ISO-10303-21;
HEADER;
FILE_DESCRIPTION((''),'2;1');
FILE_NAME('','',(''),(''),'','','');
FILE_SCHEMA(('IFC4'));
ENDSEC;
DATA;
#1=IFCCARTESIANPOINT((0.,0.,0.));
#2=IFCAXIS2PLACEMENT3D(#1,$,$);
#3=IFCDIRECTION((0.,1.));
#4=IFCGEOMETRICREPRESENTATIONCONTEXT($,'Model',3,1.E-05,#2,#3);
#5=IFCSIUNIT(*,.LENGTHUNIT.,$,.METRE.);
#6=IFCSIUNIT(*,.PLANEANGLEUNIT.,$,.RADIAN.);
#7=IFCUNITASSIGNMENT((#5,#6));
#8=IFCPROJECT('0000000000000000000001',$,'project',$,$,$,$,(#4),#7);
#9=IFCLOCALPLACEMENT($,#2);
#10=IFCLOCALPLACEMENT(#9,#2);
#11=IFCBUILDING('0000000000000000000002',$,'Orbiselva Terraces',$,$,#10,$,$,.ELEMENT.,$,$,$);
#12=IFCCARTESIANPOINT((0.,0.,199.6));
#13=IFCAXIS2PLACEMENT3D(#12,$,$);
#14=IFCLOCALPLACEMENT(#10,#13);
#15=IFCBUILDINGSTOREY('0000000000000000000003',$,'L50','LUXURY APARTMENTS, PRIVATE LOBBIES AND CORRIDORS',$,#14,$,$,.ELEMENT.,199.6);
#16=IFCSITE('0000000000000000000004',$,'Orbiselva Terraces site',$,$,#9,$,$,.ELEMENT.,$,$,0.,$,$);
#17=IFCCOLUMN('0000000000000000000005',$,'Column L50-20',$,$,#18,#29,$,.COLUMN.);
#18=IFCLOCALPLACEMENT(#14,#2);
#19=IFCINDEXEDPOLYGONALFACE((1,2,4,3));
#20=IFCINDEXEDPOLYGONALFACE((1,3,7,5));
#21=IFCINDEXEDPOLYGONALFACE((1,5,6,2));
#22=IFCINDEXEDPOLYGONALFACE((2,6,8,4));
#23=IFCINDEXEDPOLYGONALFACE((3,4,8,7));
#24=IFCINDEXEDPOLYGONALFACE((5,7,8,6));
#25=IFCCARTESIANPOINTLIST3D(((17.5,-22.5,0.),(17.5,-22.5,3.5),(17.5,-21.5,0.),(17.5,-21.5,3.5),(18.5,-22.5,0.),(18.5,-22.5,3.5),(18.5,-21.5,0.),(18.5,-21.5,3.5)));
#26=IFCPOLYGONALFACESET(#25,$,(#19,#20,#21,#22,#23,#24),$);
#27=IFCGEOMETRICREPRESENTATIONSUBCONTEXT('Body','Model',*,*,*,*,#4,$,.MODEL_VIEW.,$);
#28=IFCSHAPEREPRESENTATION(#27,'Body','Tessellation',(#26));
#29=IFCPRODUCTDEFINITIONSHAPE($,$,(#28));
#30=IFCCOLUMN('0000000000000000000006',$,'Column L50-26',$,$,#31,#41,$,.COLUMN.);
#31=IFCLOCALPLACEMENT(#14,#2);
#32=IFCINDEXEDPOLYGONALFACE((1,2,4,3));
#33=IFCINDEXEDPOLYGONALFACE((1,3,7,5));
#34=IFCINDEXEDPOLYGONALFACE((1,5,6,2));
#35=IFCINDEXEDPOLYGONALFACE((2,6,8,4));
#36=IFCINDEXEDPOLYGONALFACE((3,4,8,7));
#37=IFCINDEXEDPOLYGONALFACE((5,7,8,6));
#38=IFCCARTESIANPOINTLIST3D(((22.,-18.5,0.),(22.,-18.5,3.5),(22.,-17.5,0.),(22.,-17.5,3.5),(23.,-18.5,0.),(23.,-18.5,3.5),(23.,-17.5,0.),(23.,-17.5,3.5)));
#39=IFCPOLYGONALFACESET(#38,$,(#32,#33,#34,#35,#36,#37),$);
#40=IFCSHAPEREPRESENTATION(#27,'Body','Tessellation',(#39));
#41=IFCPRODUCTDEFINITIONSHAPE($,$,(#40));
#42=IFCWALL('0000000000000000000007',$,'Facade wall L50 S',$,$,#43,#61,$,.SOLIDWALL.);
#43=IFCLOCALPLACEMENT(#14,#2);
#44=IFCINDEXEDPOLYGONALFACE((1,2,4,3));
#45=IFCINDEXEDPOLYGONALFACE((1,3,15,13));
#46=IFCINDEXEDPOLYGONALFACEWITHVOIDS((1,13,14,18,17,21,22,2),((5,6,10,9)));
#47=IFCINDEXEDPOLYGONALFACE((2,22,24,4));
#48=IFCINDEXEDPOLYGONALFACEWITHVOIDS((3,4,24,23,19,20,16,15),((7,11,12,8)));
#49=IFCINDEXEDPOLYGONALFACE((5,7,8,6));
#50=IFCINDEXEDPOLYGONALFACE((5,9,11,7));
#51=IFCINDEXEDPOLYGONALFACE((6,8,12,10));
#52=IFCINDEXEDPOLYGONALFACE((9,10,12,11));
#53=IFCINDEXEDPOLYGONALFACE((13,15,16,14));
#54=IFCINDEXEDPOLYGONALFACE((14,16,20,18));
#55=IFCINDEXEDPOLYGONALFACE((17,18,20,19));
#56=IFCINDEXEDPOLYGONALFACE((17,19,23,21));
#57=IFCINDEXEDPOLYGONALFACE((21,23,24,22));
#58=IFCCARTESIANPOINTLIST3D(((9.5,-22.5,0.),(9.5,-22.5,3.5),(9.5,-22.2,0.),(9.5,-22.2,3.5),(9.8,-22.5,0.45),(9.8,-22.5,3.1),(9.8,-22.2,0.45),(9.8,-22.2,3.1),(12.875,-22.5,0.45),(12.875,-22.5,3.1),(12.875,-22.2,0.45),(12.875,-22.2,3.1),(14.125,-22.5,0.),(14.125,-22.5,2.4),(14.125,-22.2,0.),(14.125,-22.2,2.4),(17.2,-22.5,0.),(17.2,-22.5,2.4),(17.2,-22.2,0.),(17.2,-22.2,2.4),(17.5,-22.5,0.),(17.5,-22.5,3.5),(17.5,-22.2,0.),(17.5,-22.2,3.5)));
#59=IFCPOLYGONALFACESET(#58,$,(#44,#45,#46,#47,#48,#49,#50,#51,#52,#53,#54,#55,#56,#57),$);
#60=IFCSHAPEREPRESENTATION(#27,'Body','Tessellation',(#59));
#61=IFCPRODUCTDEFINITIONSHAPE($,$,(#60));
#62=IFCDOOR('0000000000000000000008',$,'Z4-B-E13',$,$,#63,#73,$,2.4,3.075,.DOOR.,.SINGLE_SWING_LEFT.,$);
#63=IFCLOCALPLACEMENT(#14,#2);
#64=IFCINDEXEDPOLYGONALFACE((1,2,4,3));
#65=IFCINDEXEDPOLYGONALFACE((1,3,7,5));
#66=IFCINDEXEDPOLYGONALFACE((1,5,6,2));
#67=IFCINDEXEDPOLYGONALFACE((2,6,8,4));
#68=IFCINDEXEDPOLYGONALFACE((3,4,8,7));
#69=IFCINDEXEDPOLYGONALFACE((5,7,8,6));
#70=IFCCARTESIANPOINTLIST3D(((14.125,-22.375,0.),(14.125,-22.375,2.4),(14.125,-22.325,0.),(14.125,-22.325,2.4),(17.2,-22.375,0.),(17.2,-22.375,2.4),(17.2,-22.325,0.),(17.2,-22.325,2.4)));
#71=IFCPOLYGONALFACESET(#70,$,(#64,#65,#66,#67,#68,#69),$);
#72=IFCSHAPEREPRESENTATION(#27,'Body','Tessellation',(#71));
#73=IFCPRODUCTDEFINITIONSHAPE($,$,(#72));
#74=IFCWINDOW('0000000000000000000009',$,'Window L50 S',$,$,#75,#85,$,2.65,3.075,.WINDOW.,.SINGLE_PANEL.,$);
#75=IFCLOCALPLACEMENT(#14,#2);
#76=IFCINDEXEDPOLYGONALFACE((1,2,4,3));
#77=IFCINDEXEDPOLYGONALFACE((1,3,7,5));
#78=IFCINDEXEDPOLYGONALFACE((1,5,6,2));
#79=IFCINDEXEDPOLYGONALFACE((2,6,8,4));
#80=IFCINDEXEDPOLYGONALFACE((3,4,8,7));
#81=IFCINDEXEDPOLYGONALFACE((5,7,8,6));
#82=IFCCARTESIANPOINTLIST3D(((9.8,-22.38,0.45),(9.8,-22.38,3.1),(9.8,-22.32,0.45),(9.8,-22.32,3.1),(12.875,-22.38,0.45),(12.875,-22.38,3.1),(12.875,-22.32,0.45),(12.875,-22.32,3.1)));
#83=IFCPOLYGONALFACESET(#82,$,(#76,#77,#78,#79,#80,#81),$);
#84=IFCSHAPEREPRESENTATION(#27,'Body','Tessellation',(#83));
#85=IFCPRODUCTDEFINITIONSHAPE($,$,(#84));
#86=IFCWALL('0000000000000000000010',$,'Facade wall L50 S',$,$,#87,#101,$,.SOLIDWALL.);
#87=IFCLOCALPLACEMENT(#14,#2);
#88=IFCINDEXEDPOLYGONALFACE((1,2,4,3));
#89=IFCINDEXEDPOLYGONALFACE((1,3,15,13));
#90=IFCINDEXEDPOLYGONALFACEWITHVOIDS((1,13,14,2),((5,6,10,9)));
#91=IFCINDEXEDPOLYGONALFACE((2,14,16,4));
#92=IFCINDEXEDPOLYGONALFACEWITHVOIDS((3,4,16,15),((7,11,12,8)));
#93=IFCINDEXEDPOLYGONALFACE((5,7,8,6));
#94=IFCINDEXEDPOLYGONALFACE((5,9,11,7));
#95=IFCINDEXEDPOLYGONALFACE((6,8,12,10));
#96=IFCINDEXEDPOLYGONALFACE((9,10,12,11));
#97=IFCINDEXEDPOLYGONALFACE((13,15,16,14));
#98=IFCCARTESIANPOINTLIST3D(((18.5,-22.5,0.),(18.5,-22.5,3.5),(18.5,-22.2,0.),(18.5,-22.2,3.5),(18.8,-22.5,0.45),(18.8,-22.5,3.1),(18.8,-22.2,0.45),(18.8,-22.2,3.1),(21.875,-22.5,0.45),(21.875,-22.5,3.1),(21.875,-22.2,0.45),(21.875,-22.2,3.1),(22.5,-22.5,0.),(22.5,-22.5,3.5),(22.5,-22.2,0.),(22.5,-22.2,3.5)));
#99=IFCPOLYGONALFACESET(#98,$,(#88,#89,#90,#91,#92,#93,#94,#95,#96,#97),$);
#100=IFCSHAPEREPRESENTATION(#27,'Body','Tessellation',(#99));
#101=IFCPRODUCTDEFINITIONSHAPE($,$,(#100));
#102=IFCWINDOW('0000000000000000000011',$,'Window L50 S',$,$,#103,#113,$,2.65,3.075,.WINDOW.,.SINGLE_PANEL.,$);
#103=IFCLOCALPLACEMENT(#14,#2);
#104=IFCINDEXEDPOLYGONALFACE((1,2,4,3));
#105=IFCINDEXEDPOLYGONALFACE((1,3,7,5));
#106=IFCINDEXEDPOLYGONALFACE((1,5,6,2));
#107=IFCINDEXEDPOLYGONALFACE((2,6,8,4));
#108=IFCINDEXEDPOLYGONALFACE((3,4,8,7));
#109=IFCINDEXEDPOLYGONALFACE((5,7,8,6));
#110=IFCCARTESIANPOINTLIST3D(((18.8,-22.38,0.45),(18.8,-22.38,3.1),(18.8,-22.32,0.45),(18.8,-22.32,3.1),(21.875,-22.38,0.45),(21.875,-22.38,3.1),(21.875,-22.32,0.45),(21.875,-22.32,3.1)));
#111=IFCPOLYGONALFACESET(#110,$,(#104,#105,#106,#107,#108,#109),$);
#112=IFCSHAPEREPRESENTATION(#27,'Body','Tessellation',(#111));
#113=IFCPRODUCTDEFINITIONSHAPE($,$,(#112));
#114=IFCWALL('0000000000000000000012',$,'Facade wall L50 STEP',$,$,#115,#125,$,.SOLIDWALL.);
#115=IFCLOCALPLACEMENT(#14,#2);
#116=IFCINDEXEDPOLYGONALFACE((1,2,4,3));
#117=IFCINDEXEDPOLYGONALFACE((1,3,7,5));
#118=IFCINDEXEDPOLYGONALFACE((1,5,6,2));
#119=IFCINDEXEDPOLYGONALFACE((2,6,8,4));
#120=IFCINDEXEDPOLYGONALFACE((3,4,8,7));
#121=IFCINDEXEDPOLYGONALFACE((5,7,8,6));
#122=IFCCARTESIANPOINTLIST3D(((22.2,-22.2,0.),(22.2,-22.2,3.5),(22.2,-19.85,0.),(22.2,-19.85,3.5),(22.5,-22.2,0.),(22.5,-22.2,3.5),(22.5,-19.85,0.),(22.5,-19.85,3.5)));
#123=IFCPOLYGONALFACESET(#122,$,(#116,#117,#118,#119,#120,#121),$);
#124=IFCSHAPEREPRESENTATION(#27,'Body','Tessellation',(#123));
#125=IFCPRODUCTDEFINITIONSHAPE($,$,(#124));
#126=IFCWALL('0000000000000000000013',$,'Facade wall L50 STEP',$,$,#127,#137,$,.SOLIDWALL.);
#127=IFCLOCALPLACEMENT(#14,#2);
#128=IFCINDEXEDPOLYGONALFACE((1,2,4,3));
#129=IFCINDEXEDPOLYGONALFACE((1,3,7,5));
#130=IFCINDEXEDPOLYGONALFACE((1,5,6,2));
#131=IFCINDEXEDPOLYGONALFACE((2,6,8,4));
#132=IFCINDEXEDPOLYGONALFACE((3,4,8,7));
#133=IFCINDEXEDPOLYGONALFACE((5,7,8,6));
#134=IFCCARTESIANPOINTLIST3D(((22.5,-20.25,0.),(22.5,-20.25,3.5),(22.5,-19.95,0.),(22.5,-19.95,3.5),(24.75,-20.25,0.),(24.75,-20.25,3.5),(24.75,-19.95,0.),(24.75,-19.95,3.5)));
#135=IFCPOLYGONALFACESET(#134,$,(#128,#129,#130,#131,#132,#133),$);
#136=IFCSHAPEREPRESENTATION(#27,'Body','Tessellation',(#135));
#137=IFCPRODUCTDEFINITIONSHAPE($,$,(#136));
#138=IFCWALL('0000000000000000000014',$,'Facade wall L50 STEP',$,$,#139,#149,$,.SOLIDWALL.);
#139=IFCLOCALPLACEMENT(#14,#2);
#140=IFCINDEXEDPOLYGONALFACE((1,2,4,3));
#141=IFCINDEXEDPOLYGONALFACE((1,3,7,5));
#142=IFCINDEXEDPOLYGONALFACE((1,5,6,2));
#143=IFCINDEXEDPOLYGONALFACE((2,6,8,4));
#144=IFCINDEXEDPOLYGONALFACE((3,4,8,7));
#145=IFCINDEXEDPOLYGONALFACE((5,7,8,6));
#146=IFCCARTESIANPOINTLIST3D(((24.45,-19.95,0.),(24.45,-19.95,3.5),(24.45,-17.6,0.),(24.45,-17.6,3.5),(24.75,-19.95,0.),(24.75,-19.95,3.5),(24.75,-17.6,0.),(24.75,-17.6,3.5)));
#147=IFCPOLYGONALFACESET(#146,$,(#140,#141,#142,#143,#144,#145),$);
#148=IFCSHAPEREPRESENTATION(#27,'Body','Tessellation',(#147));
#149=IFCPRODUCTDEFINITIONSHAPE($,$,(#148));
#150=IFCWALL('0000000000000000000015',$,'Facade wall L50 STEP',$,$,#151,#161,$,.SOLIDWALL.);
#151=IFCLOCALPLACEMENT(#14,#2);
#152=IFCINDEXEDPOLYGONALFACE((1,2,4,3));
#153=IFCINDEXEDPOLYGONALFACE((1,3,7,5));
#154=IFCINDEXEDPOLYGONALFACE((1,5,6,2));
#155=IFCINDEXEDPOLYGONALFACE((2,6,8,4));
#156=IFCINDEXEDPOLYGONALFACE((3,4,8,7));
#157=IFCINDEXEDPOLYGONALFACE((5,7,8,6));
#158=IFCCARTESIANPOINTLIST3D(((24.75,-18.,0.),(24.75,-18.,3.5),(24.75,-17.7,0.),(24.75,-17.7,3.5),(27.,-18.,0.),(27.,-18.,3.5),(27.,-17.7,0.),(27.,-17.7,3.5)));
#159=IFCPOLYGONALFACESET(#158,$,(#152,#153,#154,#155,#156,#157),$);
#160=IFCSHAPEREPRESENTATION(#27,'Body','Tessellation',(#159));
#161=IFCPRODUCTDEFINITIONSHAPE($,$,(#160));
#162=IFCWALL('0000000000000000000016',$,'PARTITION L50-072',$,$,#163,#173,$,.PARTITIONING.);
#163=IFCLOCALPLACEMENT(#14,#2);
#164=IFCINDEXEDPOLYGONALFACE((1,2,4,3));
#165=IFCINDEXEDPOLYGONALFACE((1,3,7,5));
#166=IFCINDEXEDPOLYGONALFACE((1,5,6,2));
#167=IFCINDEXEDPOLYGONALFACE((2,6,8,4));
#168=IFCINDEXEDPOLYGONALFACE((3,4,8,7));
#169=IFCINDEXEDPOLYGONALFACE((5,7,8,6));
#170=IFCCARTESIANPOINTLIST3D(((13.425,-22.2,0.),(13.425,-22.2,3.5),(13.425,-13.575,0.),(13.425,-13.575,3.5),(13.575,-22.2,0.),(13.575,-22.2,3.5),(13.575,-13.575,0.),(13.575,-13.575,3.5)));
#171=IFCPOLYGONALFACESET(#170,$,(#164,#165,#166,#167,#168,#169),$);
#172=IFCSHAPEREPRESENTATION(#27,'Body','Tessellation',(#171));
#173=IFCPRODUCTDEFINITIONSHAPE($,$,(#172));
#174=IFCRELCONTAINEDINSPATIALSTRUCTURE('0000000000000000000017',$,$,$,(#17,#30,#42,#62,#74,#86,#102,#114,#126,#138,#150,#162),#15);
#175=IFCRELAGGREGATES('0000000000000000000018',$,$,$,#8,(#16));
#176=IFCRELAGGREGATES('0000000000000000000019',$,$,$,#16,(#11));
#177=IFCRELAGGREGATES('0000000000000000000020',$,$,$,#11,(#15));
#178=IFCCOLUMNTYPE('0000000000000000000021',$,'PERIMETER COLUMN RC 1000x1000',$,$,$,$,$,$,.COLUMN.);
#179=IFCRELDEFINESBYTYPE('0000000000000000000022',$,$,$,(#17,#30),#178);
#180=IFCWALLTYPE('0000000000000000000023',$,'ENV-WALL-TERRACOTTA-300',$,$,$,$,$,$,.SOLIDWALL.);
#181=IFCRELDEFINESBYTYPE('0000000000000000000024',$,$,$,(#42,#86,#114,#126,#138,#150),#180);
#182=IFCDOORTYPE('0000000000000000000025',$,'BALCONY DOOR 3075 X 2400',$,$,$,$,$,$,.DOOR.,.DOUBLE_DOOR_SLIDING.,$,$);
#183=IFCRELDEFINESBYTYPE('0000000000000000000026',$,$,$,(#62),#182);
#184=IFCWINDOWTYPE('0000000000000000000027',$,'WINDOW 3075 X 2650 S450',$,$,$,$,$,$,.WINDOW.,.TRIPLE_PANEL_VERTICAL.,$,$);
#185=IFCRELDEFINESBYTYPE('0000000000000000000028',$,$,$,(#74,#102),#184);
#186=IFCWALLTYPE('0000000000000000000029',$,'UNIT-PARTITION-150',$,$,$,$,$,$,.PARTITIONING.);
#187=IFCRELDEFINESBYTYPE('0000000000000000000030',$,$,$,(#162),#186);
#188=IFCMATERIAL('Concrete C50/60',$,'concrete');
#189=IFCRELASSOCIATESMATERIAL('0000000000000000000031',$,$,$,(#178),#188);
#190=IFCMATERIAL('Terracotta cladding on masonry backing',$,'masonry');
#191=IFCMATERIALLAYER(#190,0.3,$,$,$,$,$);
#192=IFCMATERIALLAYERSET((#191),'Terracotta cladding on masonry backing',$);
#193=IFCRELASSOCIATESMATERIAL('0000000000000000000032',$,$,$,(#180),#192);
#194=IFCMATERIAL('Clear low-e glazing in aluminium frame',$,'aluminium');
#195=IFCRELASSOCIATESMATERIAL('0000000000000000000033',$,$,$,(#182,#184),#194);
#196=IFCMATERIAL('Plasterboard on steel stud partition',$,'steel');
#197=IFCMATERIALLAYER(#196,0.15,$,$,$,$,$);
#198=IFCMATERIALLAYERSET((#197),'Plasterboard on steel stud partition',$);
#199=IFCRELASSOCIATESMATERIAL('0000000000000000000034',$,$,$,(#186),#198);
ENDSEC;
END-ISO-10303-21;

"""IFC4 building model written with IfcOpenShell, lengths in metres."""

from ifc_helpers import new_model, si_unit, direction, frame, frame_2d, origin, origin_2d, place, context, subcontext, project, spatial, rectangle, extrude, material, layer, layer_set, material_profile, profile_set, type_object, element, fill, save


model = new_model("IFC4")

# Units and contexts
model_context = context("Model", 3, precision=1e-05, world=origin(), true_north=direction((0.0, 1.0)))
body_context = subcontext(model_context, "Body", "Model", "MODEL_VIEW")
ifc_project = project(units=[si_unit("LENGTHUNIT", "METRE"), si_unit("PLANEANGLEUNIT", "RADIAN")], contexts=[model_context])

# Site, building, storey
site_placement = place(None, origin())
site = spatial("IfcSite", under=ifc_project, at=site_placement, Name="Orbiselva Terraces site", CompositionType="ELEMENT", RefElevation=0.0)
building_placement = place(site_placement, origin())
building = spatial("IfcBuilding", under=site, at=building_placement, Name="Orbiselva Terraces", CompositionType="ELEMENT")
storey_placement = place(building_placement, frame((0.0, 0.0, 199.6)))
storey = spatial("IfcBuildingStorey", under=building, at=storey_placement, Name="L50", Description="LUXURY APARTMENTS, PRIVATE LOBBIES AND CORRIDORS", CompositionType="ELEMENT", Elevation=199.6)

# Columns
ifc_material_1 = material(Name="Concrete C50/60", Category="concrete")
ifc_material_profile = material_profile(ifc_material_1, rectangle(XDim=1.0, YDim=1.0, at=origin_2d()), Name="RC 1000x1000")
ifc_profile_set = profile_set([ifc_material_profile], Name="Concrete C50/60")
column_type = type_object("IfcColumnType", Name="PERIMETER COLUMN RC 1000x1000", PredefinedType="COLUMN", material=ifc_profile_set)
for number, where, z_axis, x_axis, name in (
    (1, (18.0, -22.0, 0.0), (0.0, 0.0, 1.0), (1.0, 0.0, 0.0), "Column L50-20"),
    (2, (22.5, -18.0, 0.0), (0.0, 0.0, 1.0), (1.0, 0.0, 0.0), "Column L50-26"),
):
    element("IfcColumn", number, at=place(storey_placement, frame(where, z_axis=z_axis, x_axis=x_axis)), inside=storey, type_object=column_type, Name=name, PredefinedType="COLUMN", context=body_context, shape_type="SweptSolid", body=[
        extrude(rectangle(XDim=1.0, YDim=1.0, at=origin_2d()), origin(), (0.0, 0.0, 1.0), 3.5),
    ])

# Wall, openings, door, window
ifc_material_2 = material(Name="Terracotta cladding on masonry backing", Category="masonry")
ifc_layer_1 = layer(ifc_material_2, 0.3)
ifc_layer_set_1 = layer_set([ifc_layer_1], Name="Terracotta cladding on masonry backing")
wall_type_1 = type_object("IfcWallType", Name="ENV-WALL-TERRACOTTA-300", PredefinedType="SOLIDWALL", material=ifc_layer_set_1)
wall_1_placement = place(storey_placement, frame((17.5, -22.35, 0.0), z_axis=(0.0, 0.0, 1.0), x_axis=(-1.0, 0.0, 0.0)))
wall_1 = element("IfcWall", 3, at=wall_1_placement, inside=storey, type_object=wall_type_1, Name="Facade wall L50 S", PredefinedType="SOLIDWALL", context=body_context, shape_type="SweptSolid", body=[
    extrude(rectangle(XDim=8.0, YDim=0.3, at=frame_2d((4.0, 0.0))), origin(), (0.0, 0.0, 1.0), 3.5),
])
opening_1_placement = place(wall_1_placement, frame((4.625, 0.0, 0.45)))
opening_1 = element("IfcOpeningElement", 4, at=opening_1_placement, cuts=wall_1, PredefinedType="OPENING", context=body_context, shape_type="SweptSolid", body=[
    extrude(rectangle(XDim=3.075, YDim=2.65, at=frame_2d((1.5375, 1.325))), frame((0.0, 0.16, 0.0), z_axis=(0.0, -1.0, 0.0), x_axis=(1.0, 0.0, 0.0)), (0.0, 0.0, 1.0), 0.32),
])
opening_2_placement = place(wall_1_placement, frame((0.3, 0.0, 0.0)))
opening_2 = element("IfcOpeningElement", 5, at=opening_2_placement, cuts=wall_1, PredefinedType="OPENING", context=body_context, shape_type="SweptSolid", body=[
    extrude(rectangle(XDim=3.075, YDim=2.4, at=frame_2d((1.5375, 1.2))), frame((0.0, 0.16, 0.0), z_axis=(0.0, -1.0, 0.0), x_axis=(1.0, 0.0, 0.0)), (0.0, 0.0, 1.0), 0.32),
])
ifc_material_3 = material(Name="Clear low-e glazing in aluminium frame", Category="aluminium")
door_type = type_object("IfcDoorType", Name="BALCONY DOOR 3075 X 2400", OperationType="DOUBLE_DOOR_SLIDING", PredefinedType="DOOR", material=ifc_material_3)
door_placement = place(opening_2_placement, origin())
door = element("IfcDoor", 6, at=door_placement, inside=storey, type_object=door_type, Name="Z4-B-E13", OperationType="SINGLE_SWING_LEFT", OverallHeight=2.4, OverallWidth=3.075, PredefinedType="DOOR", context=body_context, shape_type="SweptSolid", body=[
    extrude(rectangle(XDim=3.075, YDim=2.4, at=frame_2d((1.5375, 1.2))), frame((0.0, 0.025, 0.0), z_axis=(0.0, -1.0, 0.0), x_axis=(1.0, 0.0, 0.0)), (0.0, 0.0, 1.0), 0.05),
])
fill(opening_2, door)
window_type = type_object("IfcWindowType", Name="WINDOW 3075 X 2650 S450", PartitioningType="TRIPLE_PANEL_VERTICAL", PredefinedType="WINDOW", material=ifc_material_3)
window_1_placement = place(opening_1_placement, origin())
window_1 = element("IfcWindow", 7, at=window_1_placement, inside=storey, type_object=window_type, Name="Window L50 S", OverallHeight=2.65, OverallWidth=3.075, PartitioningType="SINGLE_PANEL", PredefinedType="WINDOW", context=body_context, shape_type="SweptSolid", body=[
    extrude(rectangle(XDim=3.075, YDim=2.65, at=frame_2d((1.5375, 1.325))), frame((0.0, 0.03, 0.0), z_axis=(0.0, -1.0, 0.0), x_axis=(1.0, 0.0, 0.0)), (0.0, 0.0, 1.0), 0.06),
])
fill(opening_1, window_1)

# Wall, opening, window
wall_2_placement = place(storey_placement, frame((22.5, -22.35, 0.0), z_axis=(0.0, 0.0, 1.0), x_axis=(-1.0, 0.0, 0.0)))
wall_2 = element("IfcWall", 8, at=wall_2_placement, inside=storey, type_object=wall_type_1, Name="Facade wall L50 S", PredefinedType="SOLIDWALL", context=body_context, shape_type="SweptSolid", body=[
    extrude(rectangle(XDim=4.0, YDim=0.3, at=frame_2d((2.0, 0.0))), origin(), (0.0, 0.0, 1.0), 3.5),
])
opening_3_placement = place(wall_2_placement, frame((0.625, 0.0, 0.45)))
opening_3 = element("IfcOpeningElement", 9, at=opening_3_placement, cuts=wall_2, PredefinedType="OPENING", context=body_context, shape_type="SweptSolid", body=[
    extrude(rectangle(XDim=3.075, YDim=2.65, at=frame_2d((1.5375, 1.325))), frame((0.0, 0.16, 0.0), z_axis=(0.0, -1.0, 0.0), x_axis=(1.0, 0.0, 0.0)), (0.0, 0.0, 1.0), 0.32),
])
window_2_placement = place(opening_3_placement, origin())
window_2 = element("IfcWindow", 10, at=window_2_placement, inside=storey, type_object=window_type, Name="Window L50 S", OverallHeight=2.65, OverallWidth=3.075, PartitioningType="SINGLE_PANEL", PredefinedType="WINDOW", context=body_context, shape_type="SweptSolid", body=[
    extrude(rectangle(XDim=3.075, YDim=2.65, at=frame_2d((1.5375, 1.325))), frame((0.0, 0.03, 0.0), z_axis=(0.0, -1.0, 0.0), x_axis=(1.0, 0.0, 0.0)), (0.0, 0.0, 1.0), 0.06),
])
fill(opening_3, window_2)

# Walls
wall_3_placement = place(storey_placement, frame((22.35, -19.85, 0.0), z_axis=(0.0, 0.0, 1.0), x_axis=(0.0, -1.0, 0.0)))
element("IfcWall", 11, at=wall_3_placement, inside=storey, type_object=wall_type_1, Name="Facade wall L50 STEP", PredefinedType="SOLIDWALL", context=body_context, shape_type="SweptSolid", body=[
    extrude(rectangle(XDim=2.35, YDim=0.3, at=frame_2d((1.175, 0.0))), origin(), (0.0, 0.0, 1.0), 3.5),
])
wall_4_placement = place(storey_placement, frame((24.75, -20.1, 0.0), z_axis=(0.0, 0.0, 1.0), x_axis=(-1.0, 0.0, 0.0)))
element("IfcWall", 12, at=wall_4_placement, inside=storey, type_object=wall_type_1, Name="Facade wall L50 STEP", PredefinedType="SOLIDWALL", context=body_context, shape_type="SweptSolid", body=[
    extrude(rectangle(XDim=2.25, YDim=0.3, at=frame_2d((1.125, 0.0))), origin(), (0.0, 0.0, 1.0), 3.5),
])
wall_5_placement = place(storey_placement, frame((24.6, -17.6, 0.0), z_axis=(0.0, 0.0, 1.0), x_axis=(0.0, -1.0, 0.0)))
element("IfcWall", 13, at=wall_5_placement, inside=storey, type_object=wall_type_1, Name="Facade wall L50 STEP", PredefinedType="SOLIDWALL", context=body_context, shape_type="SweptSolid", body=[
    extrude(rectangle(XDim=2.35, YDim=0.3, at=frame_2d((1.175, 0.0))), origin(), (0.0, 0.0, 1.0), 3.5),
])
wall_6_placement = place(storey_placement, frame((27.0, -17.85, 0.0), z_axis=(0.0, 0.0, 1.0), x_axis=(-1.0, 0.0, 0.0)))
element("IfcWall", 14, at=wall_6_placement, inside=storey, type_object=wall_type_1, Name="Facade wall L50 STEP", PredefinedType="SOLIDWALL", context=body_context, shape_type="SweptSolid", body=[
    extrude(rectangle(XDim=2.25, YDim=0.3, at=frame_2d((1.125, 0.0))), origin(), (0.0, 0.0, 1.0), 3.5),
])
ifc_material_4 = material(Name="Plasterboard on steel stud partition", Category="steel")
ifc_layer_2 = layer(ifc_material_4, 0.15)
ifc_layer_set_2 = layer_set([ifc_layer_2], Name="Plasterboard on steel stud partition")
wall_type_2 = type_object("IfcWallType", Name="UNIT-PARTITION-150", PredefinedType="PARTITIONING", material=ifc_layer_set_2)
wall_7_placement = place(storey_placement, frame((13.5, -22.2, 0.0), z_axis=(0.0, 0.0, 1.0), x_axis=(0.0, 1.0, 0.0)))
element("IfcWall", 15, at=wall_7_placement, inside=storey, type_object=wall_type_2, Name="PARTITION L50-072", PredefinedType="PARTITIONING", context=body_context, shape_type="SweptSolid", body=[
    extrude(rectangle(XDim=8.625, YDim=0.15, at=frame_2d((4.3125, 0.0))), origin(), (0.0, 0.0, 1.0), 3.5),
])

save(model, "model.ifc")
